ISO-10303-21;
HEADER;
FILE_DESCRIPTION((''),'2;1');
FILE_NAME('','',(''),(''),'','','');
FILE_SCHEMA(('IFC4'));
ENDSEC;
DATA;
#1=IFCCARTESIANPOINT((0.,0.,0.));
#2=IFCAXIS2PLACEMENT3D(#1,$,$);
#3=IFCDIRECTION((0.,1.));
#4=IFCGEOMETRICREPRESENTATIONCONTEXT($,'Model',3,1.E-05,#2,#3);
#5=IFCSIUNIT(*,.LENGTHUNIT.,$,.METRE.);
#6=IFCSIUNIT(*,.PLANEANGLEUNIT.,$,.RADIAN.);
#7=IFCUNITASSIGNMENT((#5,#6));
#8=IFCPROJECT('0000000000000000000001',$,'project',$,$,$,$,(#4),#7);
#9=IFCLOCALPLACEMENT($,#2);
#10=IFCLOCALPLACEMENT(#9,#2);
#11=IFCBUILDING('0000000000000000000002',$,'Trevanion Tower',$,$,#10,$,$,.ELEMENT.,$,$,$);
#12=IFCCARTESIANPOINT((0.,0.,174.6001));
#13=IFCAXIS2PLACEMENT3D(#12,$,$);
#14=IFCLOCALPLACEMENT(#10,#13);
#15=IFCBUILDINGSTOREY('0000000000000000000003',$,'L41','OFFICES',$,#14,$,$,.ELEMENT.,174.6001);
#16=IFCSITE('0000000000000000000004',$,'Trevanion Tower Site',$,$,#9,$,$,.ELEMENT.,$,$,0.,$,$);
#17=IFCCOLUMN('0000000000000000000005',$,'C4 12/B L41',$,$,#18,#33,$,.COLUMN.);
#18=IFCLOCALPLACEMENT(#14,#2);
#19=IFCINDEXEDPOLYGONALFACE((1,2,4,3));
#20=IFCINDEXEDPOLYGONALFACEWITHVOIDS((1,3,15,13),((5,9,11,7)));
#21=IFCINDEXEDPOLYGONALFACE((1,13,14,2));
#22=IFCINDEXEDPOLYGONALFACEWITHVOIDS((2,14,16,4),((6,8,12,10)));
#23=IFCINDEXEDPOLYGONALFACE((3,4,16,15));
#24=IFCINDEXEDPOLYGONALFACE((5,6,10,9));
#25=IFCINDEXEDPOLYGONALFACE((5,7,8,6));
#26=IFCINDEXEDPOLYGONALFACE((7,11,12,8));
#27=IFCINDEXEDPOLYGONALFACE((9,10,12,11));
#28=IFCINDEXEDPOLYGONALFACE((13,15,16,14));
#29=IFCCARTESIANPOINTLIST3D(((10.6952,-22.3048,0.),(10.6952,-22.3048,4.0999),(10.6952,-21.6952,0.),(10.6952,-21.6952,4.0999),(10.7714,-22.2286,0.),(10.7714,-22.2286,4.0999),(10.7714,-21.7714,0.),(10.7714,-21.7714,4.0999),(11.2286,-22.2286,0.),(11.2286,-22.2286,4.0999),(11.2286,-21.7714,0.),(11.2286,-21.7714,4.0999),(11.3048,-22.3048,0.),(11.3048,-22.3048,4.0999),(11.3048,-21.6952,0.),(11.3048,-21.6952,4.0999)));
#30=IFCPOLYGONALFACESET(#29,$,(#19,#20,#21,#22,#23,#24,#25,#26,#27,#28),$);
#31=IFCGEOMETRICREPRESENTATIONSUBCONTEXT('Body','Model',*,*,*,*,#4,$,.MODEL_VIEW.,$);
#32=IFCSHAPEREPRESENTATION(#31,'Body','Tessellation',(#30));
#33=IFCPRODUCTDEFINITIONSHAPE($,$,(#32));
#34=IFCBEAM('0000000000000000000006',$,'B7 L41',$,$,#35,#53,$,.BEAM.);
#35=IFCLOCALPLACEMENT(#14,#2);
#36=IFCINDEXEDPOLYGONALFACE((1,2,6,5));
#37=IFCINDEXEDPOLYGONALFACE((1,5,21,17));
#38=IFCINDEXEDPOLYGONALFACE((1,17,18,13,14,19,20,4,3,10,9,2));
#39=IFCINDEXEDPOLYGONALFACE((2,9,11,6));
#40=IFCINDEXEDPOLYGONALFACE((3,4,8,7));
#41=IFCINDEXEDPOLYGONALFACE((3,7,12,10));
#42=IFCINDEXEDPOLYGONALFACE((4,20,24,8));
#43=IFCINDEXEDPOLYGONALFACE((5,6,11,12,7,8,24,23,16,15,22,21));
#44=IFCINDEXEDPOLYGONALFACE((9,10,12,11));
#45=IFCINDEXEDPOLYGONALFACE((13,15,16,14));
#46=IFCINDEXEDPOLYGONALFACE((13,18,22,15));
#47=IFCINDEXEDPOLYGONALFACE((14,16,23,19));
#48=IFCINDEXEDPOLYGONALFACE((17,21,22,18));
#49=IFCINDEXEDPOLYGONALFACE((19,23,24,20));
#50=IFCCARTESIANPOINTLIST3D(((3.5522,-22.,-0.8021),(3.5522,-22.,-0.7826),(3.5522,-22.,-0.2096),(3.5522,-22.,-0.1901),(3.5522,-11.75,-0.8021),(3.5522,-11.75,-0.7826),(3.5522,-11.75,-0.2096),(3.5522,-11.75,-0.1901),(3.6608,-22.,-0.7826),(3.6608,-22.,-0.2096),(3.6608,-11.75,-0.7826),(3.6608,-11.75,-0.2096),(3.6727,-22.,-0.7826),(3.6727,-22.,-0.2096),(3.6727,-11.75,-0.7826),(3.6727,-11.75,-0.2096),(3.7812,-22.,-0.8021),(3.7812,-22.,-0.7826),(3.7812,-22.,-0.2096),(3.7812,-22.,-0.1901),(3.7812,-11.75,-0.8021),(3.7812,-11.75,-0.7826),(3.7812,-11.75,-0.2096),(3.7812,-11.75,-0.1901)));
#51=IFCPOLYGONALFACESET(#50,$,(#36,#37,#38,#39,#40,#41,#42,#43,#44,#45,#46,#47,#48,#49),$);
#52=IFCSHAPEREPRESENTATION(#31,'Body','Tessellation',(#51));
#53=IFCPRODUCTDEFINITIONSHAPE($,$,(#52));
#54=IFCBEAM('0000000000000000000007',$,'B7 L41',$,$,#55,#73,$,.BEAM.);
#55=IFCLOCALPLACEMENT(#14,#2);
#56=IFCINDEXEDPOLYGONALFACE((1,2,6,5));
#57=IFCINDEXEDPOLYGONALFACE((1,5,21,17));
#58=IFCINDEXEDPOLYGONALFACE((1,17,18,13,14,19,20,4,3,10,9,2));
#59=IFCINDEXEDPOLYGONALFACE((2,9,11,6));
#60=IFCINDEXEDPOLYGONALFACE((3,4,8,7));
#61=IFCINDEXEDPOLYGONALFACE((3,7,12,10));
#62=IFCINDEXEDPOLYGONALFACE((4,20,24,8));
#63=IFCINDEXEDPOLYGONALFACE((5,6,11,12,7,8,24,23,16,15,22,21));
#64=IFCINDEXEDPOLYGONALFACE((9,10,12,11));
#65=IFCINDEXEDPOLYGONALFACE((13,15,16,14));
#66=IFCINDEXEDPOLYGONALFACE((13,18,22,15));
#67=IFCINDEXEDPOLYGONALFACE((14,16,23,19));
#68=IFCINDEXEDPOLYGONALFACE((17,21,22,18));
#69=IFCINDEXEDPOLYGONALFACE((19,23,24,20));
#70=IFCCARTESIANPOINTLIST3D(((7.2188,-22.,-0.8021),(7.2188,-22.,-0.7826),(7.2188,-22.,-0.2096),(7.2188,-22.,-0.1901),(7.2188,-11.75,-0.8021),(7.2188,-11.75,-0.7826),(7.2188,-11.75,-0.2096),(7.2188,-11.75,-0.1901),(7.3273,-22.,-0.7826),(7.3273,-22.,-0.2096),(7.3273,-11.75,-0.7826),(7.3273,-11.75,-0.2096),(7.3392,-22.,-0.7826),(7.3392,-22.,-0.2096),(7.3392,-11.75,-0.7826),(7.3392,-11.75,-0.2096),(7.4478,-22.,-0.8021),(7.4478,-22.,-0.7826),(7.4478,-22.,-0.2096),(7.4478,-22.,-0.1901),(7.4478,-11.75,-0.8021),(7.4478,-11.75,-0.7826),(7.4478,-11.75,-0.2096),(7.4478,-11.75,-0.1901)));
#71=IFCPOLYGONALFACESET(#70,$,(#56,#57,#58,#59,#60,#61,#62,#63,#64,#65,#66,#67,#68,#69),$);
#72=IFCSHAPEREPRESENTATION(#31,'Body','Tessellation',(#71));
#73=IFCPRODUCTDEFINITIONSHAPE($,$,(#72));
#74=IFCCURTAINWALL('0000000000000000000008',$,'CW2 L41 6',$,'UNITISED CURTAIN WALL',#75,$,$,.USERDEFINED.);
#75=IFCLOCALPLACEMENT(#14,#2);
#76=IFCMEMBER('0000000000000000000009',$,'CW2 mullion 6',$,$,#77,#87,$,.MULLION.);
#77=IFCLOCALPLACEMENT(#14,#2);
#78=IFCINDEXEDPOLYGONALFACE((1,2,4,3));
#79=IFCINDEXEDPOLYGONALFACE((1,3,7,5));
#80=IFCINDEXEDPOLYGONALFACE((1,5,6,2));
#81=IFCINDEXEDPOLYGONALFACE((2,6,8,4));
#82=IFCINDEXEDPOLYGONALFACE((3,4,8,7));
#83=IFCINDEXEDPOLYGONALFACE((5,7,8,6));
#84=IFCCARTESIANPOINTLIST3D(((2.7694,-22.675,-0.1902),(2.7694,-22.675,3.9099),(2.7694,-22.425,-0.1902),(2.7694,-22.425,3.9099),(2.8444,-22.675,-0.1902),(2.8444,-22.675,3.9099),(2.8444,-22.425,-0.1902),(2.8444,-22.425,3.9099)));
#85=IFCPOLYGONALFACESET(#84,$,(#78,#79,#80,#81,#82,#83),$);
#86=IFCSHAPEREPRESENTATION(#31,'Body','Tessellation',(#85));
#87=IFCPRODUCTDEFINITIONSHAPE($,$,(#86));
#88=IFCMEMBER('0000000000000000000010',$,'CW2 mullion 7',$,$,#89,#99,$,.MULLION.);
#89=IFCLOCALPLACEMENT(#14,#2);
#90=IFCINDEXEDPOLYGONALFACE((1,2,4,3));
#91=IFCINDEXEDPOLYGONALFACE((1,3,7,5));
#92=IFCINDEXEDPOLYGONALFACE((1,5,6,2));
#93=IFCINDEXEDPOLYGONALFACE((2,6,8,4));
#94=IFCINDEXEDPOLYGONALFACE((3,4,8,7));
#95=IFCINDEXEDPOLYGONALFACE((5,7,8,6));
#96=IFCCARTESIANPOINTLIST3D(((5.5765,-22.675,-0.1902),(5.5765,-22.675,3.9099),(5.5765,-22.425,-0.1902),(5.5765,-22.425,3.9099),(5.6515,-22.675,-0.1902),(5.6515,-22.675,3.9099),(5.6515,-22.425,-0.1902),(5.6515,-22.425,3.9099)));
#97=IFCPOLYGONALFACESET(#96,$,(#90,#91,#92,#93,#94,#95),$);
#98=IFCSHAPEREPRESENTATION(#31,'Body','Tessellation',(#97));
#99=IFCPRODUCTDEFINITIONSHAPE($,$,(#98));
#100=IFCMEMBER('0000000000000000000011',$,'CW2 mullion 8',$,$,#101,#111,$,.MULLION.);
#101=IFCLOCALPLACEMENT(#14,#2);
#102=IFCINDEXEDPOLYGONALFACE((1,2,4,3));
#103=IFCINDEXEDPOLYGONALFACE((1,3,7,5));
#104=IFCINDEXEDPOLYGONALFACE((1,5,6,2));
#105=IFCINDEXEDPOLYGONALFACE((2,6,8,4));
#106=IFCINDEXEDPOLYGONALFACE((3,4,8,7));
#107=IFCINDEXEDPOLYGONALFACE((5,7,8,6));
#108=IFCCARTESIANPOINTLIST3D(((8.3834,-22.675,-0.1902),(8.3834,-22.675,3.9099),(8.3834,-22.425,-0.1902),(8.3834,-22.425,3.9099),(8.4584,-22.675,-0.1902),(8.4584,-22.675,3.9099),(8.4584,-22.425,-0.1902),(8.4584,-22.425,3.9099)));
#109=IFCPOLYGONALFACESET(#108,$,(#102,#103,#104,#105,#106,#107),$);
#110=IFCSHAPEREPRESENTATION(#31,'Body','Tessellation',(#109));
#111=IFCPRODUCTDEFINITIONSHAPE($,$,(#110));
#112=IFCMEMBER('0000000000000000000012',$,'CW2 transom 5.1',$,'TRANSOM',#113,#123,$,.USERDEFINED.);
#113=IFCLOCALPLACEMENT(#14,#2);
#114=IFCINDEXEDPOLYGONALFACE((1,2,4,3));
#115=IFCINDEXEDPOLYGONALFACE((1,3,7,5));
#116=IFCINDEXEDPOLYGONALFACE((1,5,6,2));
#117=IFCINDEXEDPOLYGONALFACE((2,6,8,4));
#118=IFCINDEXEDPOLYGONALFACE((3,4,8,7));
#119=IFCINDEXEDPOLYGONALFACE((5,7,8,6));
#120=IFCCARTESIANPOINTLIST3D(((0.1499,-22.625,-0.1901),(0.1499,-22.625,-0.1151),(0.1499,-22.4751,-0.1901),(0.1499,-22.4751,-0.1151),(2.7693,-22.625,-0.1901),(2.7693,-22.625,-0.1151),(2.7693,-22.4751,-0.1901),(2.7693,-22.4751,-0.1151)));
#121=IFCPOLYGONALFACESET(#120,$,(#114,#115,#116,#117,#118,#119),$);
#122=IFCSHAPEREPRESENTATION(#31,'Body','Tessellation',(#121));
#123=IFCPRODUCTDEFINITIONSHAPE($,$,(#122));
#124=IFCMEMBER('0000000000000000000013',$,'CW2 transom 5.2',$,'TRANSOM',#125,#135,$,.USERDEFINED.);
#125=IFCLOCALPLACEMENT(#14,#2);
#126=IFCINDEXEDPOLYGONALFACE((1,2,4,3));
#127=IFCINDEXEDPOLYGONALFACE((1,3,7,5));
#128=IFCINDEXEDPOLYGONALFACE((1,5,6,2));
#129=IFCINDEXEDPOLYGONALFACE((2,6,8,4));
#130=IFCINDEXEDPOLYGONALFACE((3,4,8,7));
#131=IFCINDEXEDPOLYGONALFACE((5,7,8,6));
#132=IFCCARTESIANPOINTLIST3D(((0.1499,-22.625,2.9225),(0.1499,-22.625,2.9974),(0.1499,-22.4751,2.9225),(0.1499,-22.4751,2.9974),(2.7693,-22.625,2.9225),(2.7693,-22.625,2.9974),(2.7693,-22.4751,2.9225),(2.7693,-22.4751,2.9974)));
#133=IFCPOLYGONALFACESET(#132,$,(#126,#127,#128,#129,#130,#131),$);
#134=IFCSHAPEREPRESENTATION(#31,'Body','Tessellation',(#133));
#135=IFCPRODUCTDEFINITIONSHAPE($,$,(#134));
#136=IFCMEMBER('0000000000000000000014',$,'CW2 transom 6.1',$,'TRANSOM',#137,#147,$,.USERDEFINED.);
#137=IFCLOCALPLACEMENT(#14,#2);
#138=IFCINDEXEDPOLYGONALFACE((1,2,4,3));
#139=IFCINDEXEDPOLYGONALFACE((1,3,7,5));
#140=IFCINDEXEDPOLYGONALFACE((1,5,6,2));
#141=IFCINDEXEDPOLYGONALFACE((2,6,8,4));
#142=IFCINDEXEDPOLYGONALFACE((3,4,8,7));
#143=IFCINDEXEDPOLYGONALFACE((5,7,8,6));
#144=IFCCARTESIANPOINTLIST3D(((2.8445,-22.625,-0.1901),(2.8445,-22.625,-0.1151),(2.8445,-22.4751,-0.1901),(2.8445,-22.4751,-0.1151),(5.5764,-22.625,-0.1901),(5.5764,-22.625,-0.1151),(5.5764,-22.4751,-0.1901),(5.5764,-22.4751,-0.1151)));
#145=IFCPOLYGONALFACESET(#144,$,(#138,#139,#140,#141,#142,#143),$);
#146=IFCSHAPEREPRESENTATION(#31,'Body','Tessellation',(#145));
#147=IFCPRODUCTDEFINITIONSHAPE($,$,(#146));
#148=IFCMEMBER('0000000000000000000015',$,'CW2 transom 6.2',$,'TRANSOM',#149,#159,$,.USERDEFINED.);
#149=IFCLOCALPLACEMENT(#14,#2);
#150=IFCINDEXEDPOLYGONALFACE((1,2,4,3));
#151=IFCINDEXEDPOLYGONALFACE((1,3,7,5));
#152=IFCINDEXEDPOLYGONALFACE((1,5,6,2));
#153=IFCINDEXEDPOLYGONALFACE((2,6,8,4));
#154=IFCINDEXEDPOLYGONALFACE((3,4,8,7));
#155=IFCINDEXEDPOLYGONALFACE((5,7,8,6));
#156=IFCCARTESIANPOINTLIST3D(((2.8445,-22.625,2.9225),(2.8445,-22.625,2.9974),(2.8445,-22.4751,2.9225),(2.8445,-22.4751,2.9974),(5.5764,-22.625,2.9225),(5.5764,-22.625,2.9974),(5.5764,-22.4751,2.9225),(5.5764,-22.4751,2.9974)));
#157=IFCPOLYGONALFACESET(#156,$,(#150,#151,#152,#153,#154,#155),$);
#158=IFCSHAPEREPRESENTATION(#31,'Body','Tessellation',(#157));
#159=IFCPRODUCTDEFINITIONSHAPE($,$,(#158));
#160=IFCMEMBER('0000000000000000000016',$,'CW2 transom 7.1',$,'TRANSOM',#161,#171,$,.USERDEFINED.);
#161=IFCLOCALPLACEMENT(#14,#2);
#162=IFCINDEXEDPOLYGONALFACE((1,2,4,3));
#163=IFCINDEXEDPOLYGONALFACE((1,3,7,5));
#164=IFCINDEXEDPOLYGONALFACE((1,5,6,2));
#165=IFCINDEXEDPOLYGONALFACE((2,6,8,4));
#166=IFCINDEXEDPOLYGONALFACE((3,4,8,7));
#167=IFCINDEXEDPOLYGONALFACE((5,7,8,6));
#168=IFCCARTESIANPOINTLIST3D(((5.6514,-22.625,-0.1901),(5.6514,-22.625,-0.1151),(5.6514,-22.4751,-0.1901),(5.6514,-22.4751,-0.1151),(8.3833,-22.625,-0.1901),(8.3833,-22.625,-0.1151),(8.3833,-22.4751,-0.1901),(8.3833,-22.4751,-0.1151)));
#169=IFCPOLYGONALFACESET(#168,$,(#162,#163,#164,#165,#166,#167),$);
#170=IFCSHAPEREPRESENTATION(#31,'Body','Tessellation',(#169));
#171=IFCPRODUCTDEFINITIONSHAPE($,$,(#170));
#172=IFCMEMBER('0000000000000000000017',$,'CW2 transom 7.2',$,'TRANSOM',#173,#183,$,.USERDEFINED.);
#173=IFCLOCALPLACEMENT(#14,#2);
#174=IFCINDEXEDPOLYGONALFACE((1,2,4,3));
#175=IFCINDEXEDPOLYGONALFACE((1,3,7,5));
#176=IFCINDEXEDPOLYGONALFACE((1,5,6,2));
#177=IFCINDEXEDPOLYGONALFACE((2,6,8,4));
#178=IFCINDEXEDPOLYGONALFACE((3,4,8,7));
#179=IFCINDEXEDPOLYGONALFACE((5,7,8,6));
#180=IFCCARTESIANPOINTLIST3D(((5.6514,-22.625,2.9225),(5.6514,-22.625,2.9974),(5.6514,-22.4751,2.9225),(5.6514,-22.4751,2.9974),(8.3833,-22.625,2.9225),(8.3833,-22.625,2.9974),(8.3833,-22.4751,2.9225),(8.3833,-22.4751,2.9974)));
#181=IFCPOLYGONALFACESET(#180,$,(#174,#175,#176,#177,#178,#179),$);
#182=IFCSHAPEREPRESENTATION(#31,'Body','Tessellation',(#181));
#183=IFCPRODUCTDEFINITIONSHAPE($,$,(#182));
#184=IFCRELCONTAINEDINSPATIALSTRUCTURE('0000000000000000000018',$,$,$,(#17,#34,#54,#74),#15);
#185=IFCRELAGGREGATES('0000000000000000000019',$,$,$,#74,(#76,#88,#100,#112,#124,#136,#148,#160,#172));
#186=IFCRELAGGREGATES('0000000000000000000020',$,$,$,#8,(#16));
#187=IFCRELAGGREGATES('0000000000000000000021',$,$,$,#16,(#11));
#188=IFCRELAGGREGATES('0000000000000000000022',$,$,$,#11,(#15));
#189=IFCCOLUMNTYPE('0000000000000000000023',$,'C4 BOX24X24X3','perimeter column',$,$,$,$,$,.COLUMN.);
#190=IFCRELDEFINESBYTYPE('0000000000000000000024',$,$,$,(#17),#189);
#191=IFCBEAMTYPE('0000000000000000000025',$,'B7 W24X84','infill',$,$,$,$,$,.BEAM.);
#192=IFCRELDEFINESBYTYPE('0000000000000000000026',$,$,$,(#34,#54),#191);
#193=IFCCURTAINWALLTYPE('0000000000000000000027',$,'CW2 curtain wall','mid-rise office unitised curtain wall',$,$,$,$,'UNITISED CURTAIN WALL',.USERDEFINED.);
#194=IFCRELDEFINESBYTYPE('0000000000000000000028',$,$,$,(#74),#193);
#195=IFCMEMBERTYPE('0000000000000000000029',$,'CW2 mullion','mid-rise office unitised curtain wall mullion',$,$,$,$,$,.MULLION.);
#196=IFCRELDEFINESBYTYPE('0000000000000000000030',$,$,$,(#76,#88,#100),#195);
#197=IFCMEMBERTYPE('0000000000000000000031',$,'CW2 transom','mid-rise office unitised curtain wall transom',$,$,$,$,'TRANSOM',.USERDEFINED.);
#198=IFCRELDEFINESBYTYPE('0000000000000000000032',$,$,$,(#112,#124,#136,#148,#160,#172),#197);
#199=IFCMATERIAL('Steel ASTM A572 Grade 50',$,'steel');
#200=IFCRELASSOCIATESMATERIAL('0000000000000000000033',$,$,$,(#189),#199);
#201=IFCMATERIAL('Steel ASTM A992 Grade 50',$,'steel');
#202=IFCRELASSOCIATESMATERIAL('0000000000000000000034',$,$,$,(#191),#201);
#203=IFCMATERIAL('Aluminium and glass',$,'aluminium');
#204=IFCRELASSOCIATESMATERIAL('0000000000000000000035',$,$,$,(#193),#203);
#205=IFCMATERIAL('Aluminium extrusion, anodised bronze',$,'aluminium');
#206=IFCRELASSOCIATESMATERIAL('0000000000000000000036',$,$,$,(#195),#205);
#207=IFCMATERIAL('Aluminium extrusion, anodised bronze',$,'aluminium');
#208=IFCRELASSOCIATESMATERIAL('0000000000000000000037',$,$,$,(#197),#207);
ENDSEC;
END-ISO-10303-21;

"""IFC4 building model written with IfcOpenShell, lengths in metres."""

from ifc_helpers import new_model, si_unit, direction, frame, origin, origin_2d, place, context, subcontext, project, spatial, rectangle, hollow_rectangle, i_section, extrude, material, material_profile, profile_set, type_object, element, aggregate, save


model = new_model("IFC4")

# Units and contexts
model_context = context("Model", 3, precision=1e-05, world=origin(), true_north=direction((0.0, 1.0)))
body_context = subcontext(model_context, "Body", "Model", "MODEL_VIEW")
ifc_project = project(units=[si_unit("LENGTHUNIT", "METRE"), si_unit("PLANEANGLEUNIT", "RADIAN")], contexts=[model_context])

# Site, building, storey
site_placement = place(None, origin())
site = spatial("IfcSite", under=ifc_project, at=site_placement, Name="Trevanion Tower Site", CompositionType="ELEMENT", RefElevation=0.0)
building_placement = place(site_placement, origin())
building = spatial("IfcBuilding", under=site, at=building_placement, Name="Trevanion Tower", CompositionType="ELEMENT")
storey_placement = place(building_placement, frame((0.0, 0.0, 174.6001)))
storey = spatial("IfcBuildingStorey", under=building, at=storey_placement, Name="L41", Description="OFFICES", CompositionType="ELEMENT", Elevation=174.6001)

# Column
ifc_material_1 = material(Name="Steel ASTM A572 Grade 50", Category="steel")
ifc_material_profile_1 = material_profile(ifc_material_1, hollow_rectangle(XDim=0.6096, YDim=0.6096, WallThickness=0.0762, at=origin_2d()), Name="BOX24X24X3")
ifc_profile_set_1 = profile_set([ifc_material_profile_1], Name="Steel ASTM A572 Grade 50")
column_type = type_object("IfcColumnType", Name="C4 BOX24X24X3", Description="perimeter column", PredefinedType="COLUMN", material=ifc_profile_set_1)
column_placement = place(storey_placement, frame((11.0, -22.0, 0.0), z_axis=(0.0, 0.0, 1.0), x_axis=(1.0, 0.0, 0.0)))
element("IfcColumn", 1, at=column_placement, inside=storey, type_object=column_type, Name="C4 12/B L41", PredefinedType="COLUMN", context=body_context, shape_type="SweptSolid", body=[
    extrude(hollow_rectangle(XDim=0.6096, YDim=0.6096, WallThickness=0.0762, at=origin_2d()), origin(), (0.0, 0.0, 1.0), 4.0999),
])

# Beams
ifc_material_2 = material(Name="Steel ASTM A992 Grade 50", Category="steel")
ifc_material_profile_2 = material_profile(ifc_material_2, i_section(OverallWidth=0.229, OverallDepth=0.6121, WebThickness=0.012, FlangeThickness=0.0195, at=origin_2d()), Name="W24X84")
ifc_profile_set_2 = profile_set([ifc_material_profile_2], Name="Steel ASTM A992 Grade 50")
beam_type_1 = type_object("IfcBeamType", Name="B7 W24X84", Description="infill", PredefinedType="BEAM", material=ifc_profile_set_2)
for number, where, z_axis, x_axis, name in (
    (2, (3.6667, -11.75, -0.4961), (0.0, -1.0, 0.0), (1.0, 0.0, 0.0), "B7 L41"),
    (3, (7.3333, -11.75, -0.4961), (0.0, -1.0, 0.0), (1.0, 0.0, 0.0), "B7 L41"),
):
    element("IfcBeam", number, at=place(storey_placement, frame(where, z_axis=z_axis, x_axis=x_axis)), inside=storey, type_object=beam_type_1, Name=name, PredefinedType="BEAM", context=body_context, shape_type="SweptSolid", body=[
        extrude(i_section(OverallWidth=0.229, OverallDepth=0.6121, WebThickness=0.012, FlangeThickness=0.0195, at=origin_2d()), origin(), (0.0, 0.0, 1.0), 10.25),
    ])

# Curtain wall, members
ifc_material_3 = material(Name="Aluminium and glass", Category="aluminium")
curtain_wall_type = type_object("IfcCurtainWallType", Name="CW2 curtain wall", Description="mid-rise office unitised curtain wall", ElementType="UNITISED CURTAIN WALL", PredefinedType="USERDEFINED", material=ifc_material_3)
curtain_wall_placement = place(storey_placement, origin())
curtain_wall = element("IfcCurtainWall", 4, at=curtain_wall_placement, inside=storey, type_object=curtain_wall_type, Name="CW2 L41 6", ObjectType="UNITISED CURTAIN WALL", PredefinedType="USERDEFINED")
ifc_material_4 = material(Name="Aluminium extrusion, anodised bronze", Category="aluminium")
ifc_material_profile_3 = material_profile(ifc_material_4, rectangle(XDim=0.075, YDim=0.25, at=origin_2d()), Name="CW2 mullion")
ifc_profile_set_3 = profile_set([ifc_material_profile_3], Name="Aluminium extrusion, anodised bronze")
member_type_1 = type_object("IfcMemberType", Name="CW2 mullion", Description="mid-rise office unitised curtain wall mullion", PredefinedType="MULLION", material=ifc_profile_set_3)
member_1_placement = place(storey_placement, frame((2.8069, -22.55, -0.1902), z_axis=(0.0, 0.0, 1.0), x_axis=(1.0, 0.0, 0.0)))
member_1 = element("IfcMember", 5, at=member_1_placement, type_object=member_type_1, Name="CW2 mullion 6", PredefinedType="MULLION", context=body_context, shape_type="SweptSolid", body=[
    extrude(rectangle(XDim=0.075, YDim=0.25, at=origin_2d()), origin(), (0.0, 0.0, 1.0), 4.1001),
])
member_2_placement = place(storey_placement, frame((5.614, -22.55, -0.1902), z_axis=(0.0, 0.0, 1.0), x_axis=(1.0, 0.0, 0.0)))
member_2 = element("IfcMember", 6, at=member_2_placement, type_object=member_type_1, Name="CW2 mullion 7", PredefinedType="MULLION", context=body_context, shape_type="SweptSolid", body=[
    extrude(rectangle(XDim=0.075, YDim=0.25, at=origin_2d()), origin(), (0.0, 0.0, 1.0), 4.1001),
])
member_3_placement = place(storey_placement, frame((8.4209, -22.55, -0.1902), z_axis=(0.0, 0.0, 1.0), x_axis=(1.0, 0.0, 0.0)))
member_3 = element("IfcMember", 7, at=member_3_placement, type_object=member_type_1, Name="CW2 mullion 8", PredefinedType="MULLION", context=body_context, shape_type="SweptSolid", body=[
    extrude(rectangle(XDim=0.075, YDim=0.25, at=origin_2d()), origin(), (0.0, 0.0, 1.0), 4.1001),
])
ifc_material_5 = material(Name="Aluminium extrusion, anodised bronze", Category="aluminium")
ifc_material_profile_4 = material_profile(ifc_material_5, rectangle(XDim=0.1499, YDim=0.075, at=origin_2d()), Name="CW2 transom")
ifc_profile_set_4 = profile_set([ifc_material_profile_4], Name="Aluminium extrusion, anodised bronze")
member_type_2 = type_object("IfcMemberType", Name="CW2 transom", Description="mid-rise office unitised curtain wall transom", ElementType="TRANSOM", PredefinedType="USERDEFINED", material=ifc_profile_set_4)
member_4_placement = place(storey_placement, frame((0.1499, -22.55, -0.1526), z_axis=(1.0, 0.0, 0.0), x_axis=(0.0, 1.0, 0.0)))
member_4 = element("IfcMember", 8, at=member_4_placement, type_object=member_type_2, Name="CW2 transom 5.1", ObjectType="TRANSOM", PredefinedType="USERDEFINED", context=body_context, shape_type="SweptSolid", body=[
    extrude(rectangle(XDim=0.1499, YDim=0.075, at=origin_2d()), origin(), (0.0, 0.0, 1.0), 2.6194),
])
member_5_placement = place(storey_placement, frame((0.1499, -22.55, 2.96), z_axis=(1.0, 0.0, 0.0), x_axis=(0.0, 1.0, 0.0)))
member_5 = element("IfcMember", 9, at=member_5_placement, type_object=member_type_2, Name="CW2 transom 5.2", ObjectType="TRANSOM", PredefinedType="USERDEFINED", context=body_context, shape_type="SweptSolid", body=[
    extrude(rectangle(XDim=0.1499, YDim=0.075, at=origin_2d()), origin(), (0.0, 0.0, 1.0), 2.6194),
])
member_6_placement = place(storey_placement, frame((2.8445, -22.55, -0.1526), z_axis=(1.0, 0.0, 0.0), x_axis=(0.0, 1.0, 0.0)))
member_6 = element("IfcMember", 10, at=member_6_placement, type_object=member_type_2, Name="CW2 transom 6.1", ObjectType="TRANSOM", PredefinedType="USERDEFINED", context=body_context, shape_type="SweptSolid", body=[
    extrude(rectangle(XDim=0.1499, YDim=0.075, at=origin_2d()), origin(), (0.0, 0.0, 1.0), 2.7319),
])
member_7_placement = place(storey_placement, frame((2.8445, -22.55, 2.96), z_axis=(1.0, 0.0, 0.0), x_axis=(0.0, 1.0, 0.0)))
member_7 = element("IfcMember", 11, at=member_7_placement, type_object=member_type_2, Name="CW2 transom 6.2", ObjectType="TRANSOM", PredefinedType="USERDEFINED", context=body_context, shape_type="SweptSolid", body=[
    extrude(rectangle(XDim=0.1499, YDim=0.075, at=origin_2d()), origin(), (0.0, 0.0, 1.0), 2.7319),
])
member_8_placement = place(storey_placement, frame((5.6514, -22.55, -0.1526), z_axis=(1.0, 0.0, 0.0), x_axis=(0.0, 1.0, 0.0)))
member_8 = element("IfcMember", 12, at=member_8_placement, type_object=member_type_2, Name="CW2 transom 7.1", ObjectType="TRANSOM", PredefinedType="USERDEFINED", context=body_context, shape_type="SweptSolid", body=[
    extrude(rectangle(XDim=0.1499, YDim=0.075, at=origin_2d()), origin(), (0.0, 0.0, 1.0), 2.7319),
])
member_9_placement = place(storey_placement, frame((5.6514, -22.55, 2.96), z_axis=(1.0, 0.0, 0.0), x_axis=(0.0, 1.0, 0.0)))
member_9 = element("IfcMember", 13, at=member_9_placement, type_object=member_type_2, Name="CW2 transom 7.2", ObjectType="TRANSOM", PredefinedType="USERDEFINED", context=body_context, shape_type="SweptSolid", body=[
    extrude(rectangle(XDim=0.1499, YDim=0.075, at=origin_2d()), origin(), (0.0, 0.0, 1.0), 2.7319),
])

aggregate(curtain_wall, [member_1, member_2, member_3, member_4, member_5, member_6, member_7, member_8, member_9])

save(model, "model.ifc")
